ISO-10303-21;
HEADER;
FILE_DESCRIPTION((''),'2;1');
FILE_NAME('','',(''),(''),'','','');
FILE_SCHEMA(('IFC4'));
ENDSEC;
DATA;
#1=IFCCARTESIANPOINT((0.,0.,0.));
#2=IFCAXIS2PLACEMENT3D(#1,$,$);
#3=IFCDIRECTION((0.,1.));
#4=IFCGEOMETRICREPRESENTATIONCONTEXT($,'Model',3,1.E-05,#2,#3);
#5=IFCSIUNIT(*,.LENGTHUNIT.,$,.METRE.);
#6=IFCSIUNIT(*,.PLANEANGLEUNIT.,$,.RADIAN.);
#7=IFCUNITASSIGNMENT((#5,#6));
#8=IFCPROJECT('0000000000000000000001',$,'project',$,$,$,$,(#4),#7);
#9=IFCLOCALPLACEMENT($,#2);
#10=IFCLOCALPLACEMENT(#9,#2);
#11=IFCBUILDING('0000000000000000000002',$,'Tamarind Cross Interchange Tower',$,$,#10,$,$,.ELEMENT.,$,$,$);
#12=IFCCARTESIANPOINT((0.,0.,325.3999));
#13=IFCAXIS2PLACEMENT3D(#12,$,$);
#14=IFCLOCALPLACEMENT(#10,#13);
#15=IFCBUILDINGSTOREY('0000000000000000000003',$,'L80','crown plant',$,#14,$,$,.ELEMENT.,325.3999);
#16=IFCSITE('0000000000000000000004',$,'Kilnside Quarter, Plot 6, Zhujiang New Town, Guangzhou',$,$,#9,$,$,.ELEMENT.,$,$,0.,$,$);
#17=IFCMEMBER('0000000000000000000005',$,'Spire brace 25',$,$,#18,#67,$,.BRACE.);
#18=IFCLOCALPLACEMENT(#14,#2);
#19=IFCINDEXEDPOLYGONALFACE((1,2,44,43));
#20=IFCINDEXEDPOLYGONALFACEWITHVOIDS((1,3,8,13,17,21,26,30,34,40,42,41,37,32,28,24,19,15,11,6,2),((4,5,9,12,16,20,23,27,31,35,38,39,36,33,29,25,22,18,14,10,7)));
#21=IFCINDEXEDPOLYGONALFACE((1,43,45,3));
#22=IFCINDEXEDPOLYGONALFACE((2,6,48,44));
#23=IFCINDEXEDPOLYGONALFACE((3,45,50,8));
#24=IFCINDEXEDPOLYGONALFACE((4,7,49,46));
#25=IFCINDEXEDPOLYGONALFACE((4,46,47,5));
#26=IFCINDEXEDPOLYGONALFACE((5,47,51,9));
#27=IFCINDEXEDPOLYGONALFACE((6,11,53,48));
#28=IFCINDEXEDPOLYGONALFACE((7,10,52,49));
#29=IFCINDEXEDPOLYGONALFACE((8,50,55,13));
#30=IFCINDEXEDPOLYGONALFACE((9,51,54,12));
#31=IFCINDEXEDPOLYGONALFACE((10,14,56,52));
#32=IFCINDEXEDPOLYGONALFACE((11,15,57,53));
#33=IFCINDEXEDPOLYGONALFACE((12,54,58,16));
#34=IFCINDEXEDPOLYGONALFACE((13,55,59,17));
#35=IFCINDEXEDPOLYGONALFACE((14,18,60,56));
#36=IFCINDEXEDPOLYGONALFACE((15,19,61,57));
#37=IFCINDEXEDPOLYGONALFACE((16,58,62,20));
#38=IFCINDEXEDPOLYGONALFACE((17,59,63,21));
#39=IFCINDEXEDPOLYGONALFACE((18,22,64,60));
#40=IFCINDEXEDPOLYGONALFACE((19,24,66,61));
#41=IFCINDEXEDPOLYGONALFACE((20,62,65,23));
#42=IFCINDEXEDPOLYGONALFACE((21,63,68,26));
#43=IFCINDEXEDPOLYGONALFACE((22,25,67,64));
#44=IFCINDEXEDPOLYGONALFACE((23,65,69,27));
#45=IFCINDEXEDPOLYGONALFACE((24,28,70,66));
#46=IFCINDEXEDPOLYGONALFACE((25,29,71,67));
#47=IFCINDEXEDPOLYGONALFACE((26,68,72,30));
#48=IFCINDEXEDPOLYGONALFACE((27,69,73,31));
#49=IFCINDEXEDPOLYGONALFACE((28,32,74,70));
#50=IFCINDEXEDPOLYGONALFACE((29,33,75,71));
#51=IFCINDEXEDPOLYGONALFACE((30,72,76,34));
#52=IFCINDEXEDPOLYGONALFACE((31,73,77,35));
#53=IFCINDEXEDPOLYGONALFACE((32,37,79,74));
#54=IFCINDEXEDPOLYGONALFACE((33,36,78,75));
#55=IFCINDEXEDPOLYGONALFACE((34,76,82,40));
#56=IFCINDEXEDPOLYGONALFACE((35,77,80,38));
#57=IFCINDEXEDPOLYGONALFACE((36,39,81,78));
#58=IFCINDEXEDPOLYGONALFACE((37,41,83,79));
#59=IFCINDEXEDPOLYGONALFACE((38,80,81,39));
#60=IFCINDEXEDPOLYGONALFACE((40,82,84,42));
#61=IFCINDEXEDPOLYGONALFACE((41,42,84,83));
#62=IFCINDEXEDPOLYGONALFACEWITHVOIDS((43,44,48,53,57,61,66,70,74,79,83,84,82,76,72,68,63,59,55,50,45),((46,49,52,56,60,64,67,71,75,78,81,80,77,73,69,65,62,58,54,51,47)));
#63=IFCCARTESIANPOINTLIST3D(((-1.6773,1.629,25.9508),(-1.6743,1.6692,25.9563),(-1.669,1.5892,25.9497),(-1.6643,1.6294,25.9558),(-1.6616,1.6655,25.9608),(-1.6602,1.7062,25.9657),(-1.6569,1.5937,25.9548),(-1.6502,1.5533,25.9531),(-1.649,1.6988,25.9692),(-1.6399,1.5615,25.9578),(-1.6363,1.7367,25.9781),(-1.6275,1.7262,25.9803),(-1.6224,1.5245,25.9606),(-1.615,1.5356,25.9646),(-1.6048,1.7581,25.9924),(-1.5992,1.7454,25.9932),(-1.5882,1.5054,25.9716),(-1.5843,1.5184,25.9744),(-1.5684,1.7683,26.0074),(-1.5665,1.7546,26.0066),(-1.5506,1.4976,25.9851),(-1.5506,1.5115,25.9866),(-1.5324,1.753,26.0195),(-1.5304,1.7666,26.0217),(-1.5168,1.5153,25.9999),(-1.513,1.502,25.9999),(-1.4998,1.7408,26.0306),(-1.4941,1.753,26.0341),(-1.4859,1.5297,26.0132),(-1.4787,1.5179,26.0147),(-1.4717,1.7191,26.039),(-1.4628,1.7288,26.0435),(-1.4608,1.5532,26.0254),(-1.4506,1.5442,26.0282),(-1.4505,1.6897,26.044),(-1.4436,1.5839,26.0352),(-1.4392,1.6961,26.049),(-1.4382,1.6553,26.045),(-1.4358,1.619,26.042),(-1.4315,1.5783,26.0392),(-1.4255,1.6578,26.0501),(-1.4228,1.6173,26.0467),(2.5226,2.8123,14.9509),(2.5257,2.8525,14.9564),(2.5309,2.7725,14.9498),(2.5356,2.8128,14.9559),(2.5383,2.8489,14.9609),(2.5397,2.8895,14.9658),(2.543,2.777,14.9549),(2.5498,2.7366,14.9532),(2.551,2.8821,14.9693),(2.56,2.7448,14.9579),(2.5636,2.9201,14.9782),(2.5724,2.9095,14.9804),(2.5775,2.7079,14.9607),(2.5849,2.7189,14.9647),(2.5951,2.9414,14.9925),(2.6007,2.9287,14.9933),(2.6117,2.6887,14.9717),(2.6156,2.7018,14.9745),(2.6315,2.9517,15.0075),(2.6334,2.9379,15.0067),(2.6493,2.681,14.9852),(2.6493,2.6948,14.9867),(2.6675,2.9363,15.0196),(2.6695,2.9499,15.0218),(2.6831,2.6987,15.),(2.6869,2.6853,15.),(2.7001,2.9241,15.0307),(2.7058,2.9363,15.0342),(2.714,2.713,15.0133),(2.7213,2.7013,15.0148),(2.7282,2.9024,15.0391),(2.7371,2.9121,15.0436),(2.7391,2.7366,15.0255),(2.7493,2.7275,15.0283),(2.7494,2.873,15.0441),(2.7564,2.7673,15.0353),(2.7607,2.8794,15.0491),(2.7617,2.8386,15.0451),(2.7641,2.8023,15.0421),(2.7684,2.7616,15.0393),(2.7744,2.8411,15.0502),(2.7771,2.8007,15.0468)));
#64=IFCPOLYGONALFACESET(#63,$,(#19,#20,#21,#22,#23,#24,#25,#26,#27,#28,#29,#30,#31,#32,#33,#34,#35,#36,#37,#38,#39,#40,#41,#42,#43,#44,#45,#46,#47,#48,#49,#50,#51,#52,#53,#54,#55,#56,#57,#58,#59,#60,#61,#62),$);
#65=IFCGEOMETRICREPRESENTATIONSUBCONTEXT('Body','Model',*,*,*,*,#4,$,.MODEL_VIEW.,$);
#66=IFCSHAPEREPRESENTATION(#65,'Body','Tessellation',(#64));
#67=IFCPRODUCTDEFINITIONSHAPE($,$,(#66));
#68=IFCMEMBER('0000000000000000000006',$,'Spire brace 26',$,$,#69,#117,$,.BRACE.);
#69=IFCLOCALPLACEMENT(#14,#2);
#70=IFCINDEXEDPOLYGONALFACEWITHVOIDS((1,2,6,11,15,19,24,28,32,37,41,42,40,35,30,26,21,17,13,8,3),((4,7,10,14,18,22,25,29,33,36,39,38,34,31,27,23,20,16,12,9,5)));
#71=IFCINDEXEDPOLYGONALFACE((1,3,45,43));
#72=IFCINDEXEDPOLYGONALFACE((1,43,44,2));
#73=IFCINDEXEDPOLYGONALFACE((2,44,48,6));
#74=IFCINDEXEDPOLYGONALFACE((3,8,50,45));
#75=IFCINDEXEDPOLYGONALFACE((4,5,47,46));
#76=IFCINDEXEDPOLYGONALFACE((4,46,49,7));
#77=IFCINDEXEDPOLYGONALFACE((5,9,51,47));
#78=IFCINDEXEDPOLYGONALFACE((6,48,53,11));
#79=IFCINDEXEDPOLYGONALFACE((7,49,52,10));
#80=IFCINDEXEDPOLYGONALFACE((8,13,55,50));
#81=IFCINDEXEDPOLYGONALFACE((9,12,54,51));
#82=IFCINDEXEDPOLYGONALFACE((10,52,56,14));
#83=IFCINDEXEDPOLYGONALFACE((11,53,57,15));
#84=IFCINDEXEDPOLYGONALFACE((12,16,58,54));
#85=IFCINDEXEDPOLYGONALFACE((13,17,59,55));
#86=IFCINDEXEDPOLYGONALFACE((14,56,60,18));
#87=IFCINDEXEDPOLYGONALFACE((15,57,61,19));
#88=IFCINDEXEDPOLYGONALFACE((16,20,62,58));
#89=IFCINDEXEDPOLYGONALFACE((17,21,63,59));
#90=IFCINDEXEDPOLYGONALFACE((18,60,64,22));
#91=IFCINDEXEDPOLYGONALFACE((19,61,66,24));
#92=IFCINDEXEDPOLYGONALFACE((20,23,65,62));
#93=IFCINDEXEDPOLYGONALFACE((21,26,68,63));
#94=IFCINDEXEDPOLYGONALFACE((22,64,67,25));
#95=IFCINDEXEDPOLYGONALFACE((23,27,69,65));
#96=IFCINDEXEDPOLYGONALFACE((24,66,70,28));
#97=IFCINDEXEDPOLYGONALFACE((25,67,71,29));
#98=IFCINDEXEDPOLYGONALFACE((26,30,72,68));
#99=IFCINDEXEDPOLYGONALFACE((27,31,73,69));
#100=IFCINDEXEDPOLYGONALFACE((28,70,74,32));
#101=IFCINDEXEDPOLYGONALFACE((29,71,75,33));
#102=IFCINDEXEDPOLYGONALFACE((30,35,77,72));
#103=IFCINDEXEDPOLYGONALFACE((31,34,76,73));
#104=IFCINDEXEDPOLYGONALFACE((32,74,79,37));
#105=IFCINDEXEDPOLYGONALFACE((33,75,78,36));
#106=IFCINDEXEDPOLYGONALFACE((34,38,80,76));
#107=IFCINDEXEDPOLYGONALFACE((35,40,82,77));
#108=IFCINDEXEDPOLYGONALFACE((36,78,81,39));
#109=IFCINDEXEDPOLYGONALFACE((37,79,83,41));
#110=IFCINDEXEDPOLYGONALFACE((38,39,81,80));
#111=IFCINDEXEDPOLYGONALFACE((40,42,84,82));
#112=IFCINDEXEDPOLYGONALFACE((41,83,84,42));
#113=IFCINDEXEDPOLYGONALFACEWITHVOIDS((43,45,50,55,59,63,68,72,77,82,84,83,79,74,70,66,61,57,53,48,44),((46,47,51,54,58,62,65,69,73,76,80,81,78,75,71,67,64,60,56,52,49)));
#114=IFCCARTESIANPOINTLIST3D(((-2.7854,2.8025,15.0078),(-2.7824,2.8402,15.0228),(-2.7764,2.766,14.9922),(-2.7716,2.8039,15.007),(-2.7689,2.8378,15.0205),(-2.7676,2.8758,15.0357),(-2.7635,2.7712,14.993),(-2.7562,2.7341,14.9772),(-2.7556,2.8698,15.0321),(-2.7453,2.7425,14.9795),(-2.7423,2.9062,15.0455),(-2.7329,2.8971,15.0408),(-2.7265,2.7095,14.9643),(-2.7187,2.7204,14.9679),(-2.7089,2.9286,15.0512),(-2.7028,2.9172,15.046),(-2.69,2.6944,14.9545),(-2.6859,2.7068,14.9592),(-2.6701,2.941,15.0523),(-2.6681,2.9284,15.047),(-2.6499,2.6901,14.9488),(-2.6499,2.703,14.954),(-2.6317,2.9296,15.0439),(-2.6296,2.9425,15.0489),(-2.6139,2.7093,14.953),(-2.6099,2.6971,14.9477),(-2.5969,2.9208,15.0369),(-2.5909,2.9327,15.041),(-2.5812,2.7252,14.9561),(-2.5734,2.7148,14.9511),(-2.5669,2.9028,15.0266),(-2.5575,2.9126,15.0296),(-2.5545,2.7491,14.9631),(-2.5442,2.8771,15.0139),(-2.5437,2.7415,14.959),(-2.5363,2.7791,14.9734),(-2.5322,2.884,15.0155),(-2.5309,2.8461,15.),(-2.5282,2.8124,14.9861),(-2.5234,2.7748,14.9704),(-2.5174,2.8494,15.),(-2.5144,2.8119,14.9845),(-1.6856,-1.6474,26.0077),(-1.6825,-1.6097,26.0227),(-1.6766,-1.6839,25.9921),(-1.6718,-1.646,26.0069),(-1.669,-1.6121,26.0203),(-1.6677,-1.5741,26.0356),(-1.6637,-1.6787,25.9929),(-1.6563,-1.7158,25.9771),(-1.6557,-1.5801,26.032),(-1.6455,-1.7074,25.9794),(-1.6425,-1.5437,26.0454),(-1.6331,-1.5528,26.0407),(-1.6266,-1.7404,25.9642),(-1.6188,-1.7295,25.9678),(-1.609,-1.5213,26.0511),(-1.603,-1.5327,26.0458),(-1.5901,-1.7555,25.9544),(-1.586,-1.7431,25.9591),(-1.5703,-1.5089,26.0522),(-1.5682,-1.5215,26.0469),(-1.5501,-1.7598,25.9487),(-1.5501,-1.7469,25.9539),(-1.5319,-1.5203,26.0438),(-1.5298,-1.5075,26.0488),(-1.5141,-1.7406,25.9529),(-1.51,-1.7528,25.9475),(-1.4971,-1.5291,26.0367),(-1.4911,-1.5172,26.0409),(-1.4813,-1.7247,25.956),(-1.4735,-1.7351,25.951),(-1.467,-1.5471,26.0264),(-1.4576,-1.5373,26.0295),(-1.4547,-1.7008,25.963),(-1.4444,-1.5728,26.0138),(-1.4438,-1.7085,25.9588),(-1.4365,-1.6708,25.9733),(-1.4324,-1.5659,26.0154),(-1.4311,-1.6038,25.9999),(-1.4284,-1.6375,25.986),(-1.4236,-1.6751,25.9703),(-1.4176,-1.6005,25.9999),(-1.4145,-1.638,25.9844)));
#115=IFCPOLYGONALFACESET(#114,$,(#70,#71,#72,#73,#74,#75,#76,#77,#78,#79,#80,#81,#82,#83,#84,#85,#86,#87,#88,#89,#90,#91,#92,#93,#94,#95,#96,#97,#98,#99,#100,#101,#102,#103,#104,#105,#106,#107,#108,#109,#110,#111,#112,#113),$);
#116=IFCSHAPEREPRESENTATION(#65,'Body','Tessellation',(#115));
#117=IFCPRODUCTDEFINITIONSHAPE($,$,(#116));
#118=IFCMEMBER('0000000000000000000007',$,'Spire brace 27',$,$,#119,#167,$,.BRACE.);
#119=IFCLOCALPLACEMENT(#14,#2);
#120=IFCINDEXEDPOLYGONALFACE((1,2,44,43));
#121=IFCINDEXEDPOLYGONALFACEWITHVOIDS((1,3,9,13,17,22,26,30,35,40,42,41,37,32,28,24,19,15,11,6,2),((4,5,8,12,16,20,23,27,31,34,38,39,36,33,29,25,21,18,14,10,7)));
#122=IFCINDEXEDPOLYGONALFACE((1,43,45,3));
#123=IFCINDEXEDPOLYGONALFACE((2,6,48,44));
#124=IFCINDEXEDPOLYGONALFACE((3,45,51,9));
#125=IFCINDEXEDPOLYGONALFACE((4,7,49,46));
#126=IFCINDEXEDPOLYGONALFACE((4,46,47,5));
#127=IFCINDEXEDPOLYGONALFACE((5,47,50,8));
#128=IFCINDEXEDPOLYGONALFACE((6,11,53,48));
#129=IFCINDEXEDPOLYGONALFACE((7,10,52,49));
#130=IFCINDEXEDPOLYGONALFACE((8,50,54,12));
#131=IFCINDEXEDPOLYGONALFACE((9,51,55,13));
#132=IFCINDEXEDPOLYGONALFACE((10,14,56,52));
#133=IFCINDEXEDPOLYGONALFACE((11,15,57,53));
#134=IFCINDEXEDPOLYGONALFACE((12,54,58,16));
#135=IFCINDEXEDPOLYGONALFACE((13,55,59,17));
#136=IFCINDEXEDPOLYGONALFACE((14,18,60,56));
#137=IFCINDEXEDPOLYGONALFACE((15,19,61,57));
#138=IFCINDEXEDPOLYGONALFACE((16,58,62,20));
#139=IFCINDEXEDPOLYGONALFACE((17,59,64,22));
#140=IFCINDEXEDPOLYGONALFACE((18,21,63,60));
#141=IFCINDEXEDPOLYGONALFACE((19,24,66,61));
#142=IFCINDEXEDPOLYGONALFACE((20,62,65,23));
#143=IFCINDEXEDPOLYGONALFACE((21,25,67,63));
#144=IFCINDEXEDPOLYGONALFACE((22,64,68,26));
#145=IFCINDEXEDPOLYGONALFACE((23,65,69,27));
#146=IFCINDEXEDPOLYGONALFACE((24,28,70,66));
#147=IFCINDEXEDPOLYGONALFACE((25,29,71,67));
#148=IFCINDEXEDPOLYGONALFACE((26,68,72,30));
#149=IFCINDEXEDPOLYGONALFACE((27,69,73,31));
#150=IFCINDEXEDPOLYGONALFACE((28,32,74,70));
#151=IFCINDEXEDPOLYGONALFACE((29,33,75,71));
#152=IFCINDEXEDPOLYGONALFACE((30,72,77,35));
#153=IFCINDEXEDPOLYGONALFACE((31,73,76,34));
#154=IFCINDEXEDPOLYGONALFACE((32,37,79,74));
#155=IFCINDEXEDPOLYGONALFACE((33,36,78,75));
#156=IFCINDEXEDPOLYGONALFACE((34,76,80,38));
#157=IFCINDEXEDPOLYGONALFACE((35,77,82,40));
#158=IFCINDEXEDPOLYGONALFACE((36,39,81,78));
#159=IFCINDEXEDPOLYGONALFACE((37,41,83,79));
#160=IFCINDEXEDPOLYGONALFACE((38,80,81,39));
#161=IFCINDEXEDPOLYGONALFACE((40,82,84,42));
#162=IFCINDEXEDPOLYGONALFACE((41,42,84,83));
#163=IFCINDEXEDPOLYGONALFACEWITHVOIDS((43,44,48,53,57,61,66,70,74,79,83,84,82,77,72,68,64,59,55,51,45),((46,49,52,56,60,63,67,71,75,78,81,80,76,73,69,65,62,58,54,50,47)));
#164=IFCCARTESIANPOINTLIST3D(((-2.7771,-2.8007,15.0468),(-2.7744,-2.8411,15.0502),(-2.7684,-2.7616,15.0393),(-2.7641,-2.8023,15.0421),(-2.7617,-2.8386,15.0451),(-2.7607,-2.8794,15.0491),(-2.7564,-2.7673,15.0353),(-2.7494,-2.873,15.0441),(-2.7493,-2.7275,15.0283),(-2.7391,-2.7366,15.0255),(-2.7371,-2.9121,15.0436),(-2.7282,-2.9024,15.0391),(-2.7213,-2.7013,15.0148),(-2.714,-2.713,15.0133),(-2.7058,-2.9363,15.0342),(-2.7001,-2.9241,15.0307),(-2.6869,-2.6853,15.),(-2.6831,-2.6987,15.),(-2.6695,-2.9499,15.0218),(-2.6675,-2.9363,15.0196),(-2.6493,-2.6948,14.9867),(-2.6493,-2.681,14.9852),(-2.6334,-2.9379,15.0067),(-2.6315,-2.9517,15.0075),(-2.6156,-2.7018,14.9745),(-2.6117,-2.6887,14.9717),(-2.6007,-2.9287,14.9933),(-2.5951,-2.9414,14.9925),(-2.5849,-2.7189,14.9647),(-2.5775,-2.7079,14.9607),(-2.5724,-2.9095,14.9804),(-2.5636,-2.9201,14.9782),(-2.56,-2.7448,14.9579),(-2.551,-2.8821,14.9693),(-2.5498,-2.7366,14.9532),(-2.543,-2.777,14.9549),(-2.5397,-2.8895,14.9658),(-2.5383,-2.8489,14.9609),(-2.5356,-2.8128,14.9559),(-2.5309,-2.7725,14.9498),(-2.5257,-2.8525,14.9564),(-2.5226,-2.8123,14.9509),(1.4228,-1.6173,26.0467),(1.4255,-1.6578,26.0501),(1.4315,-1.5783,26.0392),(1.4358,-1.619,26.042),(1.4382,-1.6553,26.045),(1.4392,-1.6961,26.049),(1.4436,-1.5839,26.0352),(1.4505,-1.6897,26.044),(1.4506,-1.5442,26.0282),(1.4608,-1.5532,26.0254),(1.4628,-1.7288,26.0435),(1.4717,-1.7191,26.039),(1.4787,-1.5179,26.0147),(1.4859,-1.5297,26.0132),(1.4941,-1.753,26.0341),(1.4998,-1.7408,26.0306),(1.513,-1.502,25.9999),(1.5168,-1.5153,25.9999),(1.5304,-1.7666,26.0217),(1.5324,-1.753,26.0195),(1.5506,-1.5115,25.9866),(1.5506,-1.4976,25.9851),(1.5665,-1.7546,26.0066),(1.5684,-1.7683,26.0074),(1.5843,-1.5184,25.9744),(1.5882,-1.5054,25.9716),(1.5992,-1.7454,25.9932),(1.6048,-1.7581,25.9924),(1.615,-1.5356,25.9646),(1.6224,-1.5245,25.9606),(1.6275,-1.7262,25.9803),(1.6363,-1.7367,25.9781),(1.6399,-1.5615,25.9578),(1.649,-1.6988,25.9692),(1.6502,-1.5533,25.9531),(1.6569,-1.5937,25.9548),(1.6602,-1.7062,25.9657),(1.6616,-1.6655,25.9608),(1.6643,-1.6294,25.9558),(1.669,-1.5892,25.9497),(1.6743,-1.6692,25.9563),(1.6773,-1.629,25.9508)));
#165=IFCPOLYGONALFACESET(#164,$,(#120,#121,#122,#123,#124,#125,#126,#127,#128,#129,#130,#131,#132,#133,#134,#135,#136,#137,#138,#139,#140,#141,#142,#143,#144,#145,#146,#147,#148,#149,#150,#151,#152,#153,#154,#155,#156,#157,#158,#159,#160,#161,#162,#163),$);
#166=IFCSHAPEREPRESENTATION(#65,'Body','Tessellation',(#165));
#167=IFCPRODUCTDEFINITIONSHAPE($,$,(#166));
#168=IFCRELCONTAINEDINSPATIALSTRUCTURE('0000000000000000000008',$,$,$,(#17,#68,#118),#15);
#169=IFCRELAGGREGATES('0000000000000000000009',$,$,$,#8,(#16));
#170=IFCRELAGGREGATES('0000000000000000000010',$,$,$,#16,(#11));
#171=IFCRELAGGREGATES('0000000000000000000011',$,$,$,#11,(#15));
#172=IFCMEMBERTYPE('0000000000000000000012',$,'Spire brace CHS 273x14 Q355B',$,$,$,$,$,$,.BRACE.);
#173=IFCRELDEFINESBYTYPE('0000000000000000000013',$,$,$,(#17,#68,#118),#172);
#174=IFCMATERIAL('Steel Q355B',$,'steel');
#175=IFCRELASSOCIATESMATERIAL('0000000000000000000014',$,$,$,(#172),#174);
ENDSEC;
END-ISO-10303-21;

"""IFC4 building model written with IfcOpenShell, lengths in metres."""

from ifc_helpers import new_model, si_unit, direction, frame, origin, origin_2d, place, context, subcontext, project, spatial, hollow_circle, extrude, material, material_profile, profile_set, type_object, element, save


model = new_model("IFC4")

# Units and contexts
model_context = context("Model", 3, precision=1e-05, world=origin(), true_north=direction((0.0, 1.0)))
body_context = subcontext(model_context, "Body", "Model", "MODEL_VIEW")
ifc_project = project(units=[si_unit("LENGTHUNIT", "METRE"), si_unit("PLANEANGLEUNIT", "RADIAN")], contexts=[model_context])

# Site, building, storey
site_placement = place(None, origin())
site = spatial("IfcSite", under=ifc_project, at=site_placement, Name="Kilnside Quarter, Plot 6, Zhujiang New Town, Guangzhou", CompositionType="ELEMENT", RefElevation=0.0)
building_placement = place(site_placement, origin())
building = spatial("IfcBuilding", under=site, at=building_placement, Name="Tamarind Cross Interchange Tower", CompositionType="ELEMENT")
storey_placement = place(building_placement, frame((0.0, 0.0, 325.3999)))
storey = spatial("IfcBuildingStorey", under=building, at=storey_placement, Name="L80", Description="crown plant", CompositionType="ELEMENT", Elevation=325.3999)

# Members
ifc_material_1 = material(Name="Steel Q355B", Category="steel")
ifc_material_profile_1 = material_profile(ifc_material_1, hollow_circle(Radius=0.1365, WallThickness=0.0139, at=origin_2d()), Name="CHS 273x14")
ifc_profile_set_1 = profile_set([ifc_material_profile_1], Name="Steel Q355B")
member_type_1 = type_object("IfcMemberType", Name="Spire brace CHS 273x14 Q355B", PredefinedType="BRACE", material=ifc_profile_set_1)
member_1_placement = place(storey_placement, frame((2.6499, 2.8167, 15.0), z_axis=(-0.35491, -0.099997, 0.929537), x_axis=(0.271194, -0.962525, 0.0)))
element("IfcMember", 1, at=member_1_placement, inside=storey, type_object=member_type_1, Name="Spire brace 25", PredefinedType="BRACE", context=body_context, shape_type="SweptSolid", body=[
    extrude(hollow_circle(Radius=0.1365, WallThickness=0.0139, at=origin_2d()), origin(), (0.0, 0.0, 1.0), 11.8337),
])
member_2_placement = place(storey_placement, frame((-2.6499, 2.8167, 15.0), z_axis=(0.092294, -0.373416, 0.923061), x_axis=(0.970788, 0.239941, 0.0)))
element("IfcMember", 2, at=member_2_placement, inside=storey, type_object=member_type_1, Name="Spire brace 26", PredefinedType="BRACE", context=body_context, shape_type="SweptSolid", body=[
    extrude(hollow_circle(Radius=0.1365, WallThickness=0.0139, at=origin_2d()), origin(), (0.0, 0.0, 1.0), 11.9167),
])
member_3_placement = place(storey_placement, frame((-2.6499, -2.8167, 15.0), z_axis=(0.35491, 0.099997, 0.929537), x_axis=(-0.271194, 0.962525, 0.0)))
element("IfcMember", 3, at=member_3_placement, inside=storey, type_object=member_type_1, Name="Spire brace 27", PredefinedType="BRACE", context=body_context, shape_type="SweptSolid", body=[
    extrude(hollow_circle(Radius=0.1365, WallThickness=0.0139, at=origin_2d()), origin(), (0.0, 0.0, 1.0), 11.8337),
])

save(model, "model.ifc")
